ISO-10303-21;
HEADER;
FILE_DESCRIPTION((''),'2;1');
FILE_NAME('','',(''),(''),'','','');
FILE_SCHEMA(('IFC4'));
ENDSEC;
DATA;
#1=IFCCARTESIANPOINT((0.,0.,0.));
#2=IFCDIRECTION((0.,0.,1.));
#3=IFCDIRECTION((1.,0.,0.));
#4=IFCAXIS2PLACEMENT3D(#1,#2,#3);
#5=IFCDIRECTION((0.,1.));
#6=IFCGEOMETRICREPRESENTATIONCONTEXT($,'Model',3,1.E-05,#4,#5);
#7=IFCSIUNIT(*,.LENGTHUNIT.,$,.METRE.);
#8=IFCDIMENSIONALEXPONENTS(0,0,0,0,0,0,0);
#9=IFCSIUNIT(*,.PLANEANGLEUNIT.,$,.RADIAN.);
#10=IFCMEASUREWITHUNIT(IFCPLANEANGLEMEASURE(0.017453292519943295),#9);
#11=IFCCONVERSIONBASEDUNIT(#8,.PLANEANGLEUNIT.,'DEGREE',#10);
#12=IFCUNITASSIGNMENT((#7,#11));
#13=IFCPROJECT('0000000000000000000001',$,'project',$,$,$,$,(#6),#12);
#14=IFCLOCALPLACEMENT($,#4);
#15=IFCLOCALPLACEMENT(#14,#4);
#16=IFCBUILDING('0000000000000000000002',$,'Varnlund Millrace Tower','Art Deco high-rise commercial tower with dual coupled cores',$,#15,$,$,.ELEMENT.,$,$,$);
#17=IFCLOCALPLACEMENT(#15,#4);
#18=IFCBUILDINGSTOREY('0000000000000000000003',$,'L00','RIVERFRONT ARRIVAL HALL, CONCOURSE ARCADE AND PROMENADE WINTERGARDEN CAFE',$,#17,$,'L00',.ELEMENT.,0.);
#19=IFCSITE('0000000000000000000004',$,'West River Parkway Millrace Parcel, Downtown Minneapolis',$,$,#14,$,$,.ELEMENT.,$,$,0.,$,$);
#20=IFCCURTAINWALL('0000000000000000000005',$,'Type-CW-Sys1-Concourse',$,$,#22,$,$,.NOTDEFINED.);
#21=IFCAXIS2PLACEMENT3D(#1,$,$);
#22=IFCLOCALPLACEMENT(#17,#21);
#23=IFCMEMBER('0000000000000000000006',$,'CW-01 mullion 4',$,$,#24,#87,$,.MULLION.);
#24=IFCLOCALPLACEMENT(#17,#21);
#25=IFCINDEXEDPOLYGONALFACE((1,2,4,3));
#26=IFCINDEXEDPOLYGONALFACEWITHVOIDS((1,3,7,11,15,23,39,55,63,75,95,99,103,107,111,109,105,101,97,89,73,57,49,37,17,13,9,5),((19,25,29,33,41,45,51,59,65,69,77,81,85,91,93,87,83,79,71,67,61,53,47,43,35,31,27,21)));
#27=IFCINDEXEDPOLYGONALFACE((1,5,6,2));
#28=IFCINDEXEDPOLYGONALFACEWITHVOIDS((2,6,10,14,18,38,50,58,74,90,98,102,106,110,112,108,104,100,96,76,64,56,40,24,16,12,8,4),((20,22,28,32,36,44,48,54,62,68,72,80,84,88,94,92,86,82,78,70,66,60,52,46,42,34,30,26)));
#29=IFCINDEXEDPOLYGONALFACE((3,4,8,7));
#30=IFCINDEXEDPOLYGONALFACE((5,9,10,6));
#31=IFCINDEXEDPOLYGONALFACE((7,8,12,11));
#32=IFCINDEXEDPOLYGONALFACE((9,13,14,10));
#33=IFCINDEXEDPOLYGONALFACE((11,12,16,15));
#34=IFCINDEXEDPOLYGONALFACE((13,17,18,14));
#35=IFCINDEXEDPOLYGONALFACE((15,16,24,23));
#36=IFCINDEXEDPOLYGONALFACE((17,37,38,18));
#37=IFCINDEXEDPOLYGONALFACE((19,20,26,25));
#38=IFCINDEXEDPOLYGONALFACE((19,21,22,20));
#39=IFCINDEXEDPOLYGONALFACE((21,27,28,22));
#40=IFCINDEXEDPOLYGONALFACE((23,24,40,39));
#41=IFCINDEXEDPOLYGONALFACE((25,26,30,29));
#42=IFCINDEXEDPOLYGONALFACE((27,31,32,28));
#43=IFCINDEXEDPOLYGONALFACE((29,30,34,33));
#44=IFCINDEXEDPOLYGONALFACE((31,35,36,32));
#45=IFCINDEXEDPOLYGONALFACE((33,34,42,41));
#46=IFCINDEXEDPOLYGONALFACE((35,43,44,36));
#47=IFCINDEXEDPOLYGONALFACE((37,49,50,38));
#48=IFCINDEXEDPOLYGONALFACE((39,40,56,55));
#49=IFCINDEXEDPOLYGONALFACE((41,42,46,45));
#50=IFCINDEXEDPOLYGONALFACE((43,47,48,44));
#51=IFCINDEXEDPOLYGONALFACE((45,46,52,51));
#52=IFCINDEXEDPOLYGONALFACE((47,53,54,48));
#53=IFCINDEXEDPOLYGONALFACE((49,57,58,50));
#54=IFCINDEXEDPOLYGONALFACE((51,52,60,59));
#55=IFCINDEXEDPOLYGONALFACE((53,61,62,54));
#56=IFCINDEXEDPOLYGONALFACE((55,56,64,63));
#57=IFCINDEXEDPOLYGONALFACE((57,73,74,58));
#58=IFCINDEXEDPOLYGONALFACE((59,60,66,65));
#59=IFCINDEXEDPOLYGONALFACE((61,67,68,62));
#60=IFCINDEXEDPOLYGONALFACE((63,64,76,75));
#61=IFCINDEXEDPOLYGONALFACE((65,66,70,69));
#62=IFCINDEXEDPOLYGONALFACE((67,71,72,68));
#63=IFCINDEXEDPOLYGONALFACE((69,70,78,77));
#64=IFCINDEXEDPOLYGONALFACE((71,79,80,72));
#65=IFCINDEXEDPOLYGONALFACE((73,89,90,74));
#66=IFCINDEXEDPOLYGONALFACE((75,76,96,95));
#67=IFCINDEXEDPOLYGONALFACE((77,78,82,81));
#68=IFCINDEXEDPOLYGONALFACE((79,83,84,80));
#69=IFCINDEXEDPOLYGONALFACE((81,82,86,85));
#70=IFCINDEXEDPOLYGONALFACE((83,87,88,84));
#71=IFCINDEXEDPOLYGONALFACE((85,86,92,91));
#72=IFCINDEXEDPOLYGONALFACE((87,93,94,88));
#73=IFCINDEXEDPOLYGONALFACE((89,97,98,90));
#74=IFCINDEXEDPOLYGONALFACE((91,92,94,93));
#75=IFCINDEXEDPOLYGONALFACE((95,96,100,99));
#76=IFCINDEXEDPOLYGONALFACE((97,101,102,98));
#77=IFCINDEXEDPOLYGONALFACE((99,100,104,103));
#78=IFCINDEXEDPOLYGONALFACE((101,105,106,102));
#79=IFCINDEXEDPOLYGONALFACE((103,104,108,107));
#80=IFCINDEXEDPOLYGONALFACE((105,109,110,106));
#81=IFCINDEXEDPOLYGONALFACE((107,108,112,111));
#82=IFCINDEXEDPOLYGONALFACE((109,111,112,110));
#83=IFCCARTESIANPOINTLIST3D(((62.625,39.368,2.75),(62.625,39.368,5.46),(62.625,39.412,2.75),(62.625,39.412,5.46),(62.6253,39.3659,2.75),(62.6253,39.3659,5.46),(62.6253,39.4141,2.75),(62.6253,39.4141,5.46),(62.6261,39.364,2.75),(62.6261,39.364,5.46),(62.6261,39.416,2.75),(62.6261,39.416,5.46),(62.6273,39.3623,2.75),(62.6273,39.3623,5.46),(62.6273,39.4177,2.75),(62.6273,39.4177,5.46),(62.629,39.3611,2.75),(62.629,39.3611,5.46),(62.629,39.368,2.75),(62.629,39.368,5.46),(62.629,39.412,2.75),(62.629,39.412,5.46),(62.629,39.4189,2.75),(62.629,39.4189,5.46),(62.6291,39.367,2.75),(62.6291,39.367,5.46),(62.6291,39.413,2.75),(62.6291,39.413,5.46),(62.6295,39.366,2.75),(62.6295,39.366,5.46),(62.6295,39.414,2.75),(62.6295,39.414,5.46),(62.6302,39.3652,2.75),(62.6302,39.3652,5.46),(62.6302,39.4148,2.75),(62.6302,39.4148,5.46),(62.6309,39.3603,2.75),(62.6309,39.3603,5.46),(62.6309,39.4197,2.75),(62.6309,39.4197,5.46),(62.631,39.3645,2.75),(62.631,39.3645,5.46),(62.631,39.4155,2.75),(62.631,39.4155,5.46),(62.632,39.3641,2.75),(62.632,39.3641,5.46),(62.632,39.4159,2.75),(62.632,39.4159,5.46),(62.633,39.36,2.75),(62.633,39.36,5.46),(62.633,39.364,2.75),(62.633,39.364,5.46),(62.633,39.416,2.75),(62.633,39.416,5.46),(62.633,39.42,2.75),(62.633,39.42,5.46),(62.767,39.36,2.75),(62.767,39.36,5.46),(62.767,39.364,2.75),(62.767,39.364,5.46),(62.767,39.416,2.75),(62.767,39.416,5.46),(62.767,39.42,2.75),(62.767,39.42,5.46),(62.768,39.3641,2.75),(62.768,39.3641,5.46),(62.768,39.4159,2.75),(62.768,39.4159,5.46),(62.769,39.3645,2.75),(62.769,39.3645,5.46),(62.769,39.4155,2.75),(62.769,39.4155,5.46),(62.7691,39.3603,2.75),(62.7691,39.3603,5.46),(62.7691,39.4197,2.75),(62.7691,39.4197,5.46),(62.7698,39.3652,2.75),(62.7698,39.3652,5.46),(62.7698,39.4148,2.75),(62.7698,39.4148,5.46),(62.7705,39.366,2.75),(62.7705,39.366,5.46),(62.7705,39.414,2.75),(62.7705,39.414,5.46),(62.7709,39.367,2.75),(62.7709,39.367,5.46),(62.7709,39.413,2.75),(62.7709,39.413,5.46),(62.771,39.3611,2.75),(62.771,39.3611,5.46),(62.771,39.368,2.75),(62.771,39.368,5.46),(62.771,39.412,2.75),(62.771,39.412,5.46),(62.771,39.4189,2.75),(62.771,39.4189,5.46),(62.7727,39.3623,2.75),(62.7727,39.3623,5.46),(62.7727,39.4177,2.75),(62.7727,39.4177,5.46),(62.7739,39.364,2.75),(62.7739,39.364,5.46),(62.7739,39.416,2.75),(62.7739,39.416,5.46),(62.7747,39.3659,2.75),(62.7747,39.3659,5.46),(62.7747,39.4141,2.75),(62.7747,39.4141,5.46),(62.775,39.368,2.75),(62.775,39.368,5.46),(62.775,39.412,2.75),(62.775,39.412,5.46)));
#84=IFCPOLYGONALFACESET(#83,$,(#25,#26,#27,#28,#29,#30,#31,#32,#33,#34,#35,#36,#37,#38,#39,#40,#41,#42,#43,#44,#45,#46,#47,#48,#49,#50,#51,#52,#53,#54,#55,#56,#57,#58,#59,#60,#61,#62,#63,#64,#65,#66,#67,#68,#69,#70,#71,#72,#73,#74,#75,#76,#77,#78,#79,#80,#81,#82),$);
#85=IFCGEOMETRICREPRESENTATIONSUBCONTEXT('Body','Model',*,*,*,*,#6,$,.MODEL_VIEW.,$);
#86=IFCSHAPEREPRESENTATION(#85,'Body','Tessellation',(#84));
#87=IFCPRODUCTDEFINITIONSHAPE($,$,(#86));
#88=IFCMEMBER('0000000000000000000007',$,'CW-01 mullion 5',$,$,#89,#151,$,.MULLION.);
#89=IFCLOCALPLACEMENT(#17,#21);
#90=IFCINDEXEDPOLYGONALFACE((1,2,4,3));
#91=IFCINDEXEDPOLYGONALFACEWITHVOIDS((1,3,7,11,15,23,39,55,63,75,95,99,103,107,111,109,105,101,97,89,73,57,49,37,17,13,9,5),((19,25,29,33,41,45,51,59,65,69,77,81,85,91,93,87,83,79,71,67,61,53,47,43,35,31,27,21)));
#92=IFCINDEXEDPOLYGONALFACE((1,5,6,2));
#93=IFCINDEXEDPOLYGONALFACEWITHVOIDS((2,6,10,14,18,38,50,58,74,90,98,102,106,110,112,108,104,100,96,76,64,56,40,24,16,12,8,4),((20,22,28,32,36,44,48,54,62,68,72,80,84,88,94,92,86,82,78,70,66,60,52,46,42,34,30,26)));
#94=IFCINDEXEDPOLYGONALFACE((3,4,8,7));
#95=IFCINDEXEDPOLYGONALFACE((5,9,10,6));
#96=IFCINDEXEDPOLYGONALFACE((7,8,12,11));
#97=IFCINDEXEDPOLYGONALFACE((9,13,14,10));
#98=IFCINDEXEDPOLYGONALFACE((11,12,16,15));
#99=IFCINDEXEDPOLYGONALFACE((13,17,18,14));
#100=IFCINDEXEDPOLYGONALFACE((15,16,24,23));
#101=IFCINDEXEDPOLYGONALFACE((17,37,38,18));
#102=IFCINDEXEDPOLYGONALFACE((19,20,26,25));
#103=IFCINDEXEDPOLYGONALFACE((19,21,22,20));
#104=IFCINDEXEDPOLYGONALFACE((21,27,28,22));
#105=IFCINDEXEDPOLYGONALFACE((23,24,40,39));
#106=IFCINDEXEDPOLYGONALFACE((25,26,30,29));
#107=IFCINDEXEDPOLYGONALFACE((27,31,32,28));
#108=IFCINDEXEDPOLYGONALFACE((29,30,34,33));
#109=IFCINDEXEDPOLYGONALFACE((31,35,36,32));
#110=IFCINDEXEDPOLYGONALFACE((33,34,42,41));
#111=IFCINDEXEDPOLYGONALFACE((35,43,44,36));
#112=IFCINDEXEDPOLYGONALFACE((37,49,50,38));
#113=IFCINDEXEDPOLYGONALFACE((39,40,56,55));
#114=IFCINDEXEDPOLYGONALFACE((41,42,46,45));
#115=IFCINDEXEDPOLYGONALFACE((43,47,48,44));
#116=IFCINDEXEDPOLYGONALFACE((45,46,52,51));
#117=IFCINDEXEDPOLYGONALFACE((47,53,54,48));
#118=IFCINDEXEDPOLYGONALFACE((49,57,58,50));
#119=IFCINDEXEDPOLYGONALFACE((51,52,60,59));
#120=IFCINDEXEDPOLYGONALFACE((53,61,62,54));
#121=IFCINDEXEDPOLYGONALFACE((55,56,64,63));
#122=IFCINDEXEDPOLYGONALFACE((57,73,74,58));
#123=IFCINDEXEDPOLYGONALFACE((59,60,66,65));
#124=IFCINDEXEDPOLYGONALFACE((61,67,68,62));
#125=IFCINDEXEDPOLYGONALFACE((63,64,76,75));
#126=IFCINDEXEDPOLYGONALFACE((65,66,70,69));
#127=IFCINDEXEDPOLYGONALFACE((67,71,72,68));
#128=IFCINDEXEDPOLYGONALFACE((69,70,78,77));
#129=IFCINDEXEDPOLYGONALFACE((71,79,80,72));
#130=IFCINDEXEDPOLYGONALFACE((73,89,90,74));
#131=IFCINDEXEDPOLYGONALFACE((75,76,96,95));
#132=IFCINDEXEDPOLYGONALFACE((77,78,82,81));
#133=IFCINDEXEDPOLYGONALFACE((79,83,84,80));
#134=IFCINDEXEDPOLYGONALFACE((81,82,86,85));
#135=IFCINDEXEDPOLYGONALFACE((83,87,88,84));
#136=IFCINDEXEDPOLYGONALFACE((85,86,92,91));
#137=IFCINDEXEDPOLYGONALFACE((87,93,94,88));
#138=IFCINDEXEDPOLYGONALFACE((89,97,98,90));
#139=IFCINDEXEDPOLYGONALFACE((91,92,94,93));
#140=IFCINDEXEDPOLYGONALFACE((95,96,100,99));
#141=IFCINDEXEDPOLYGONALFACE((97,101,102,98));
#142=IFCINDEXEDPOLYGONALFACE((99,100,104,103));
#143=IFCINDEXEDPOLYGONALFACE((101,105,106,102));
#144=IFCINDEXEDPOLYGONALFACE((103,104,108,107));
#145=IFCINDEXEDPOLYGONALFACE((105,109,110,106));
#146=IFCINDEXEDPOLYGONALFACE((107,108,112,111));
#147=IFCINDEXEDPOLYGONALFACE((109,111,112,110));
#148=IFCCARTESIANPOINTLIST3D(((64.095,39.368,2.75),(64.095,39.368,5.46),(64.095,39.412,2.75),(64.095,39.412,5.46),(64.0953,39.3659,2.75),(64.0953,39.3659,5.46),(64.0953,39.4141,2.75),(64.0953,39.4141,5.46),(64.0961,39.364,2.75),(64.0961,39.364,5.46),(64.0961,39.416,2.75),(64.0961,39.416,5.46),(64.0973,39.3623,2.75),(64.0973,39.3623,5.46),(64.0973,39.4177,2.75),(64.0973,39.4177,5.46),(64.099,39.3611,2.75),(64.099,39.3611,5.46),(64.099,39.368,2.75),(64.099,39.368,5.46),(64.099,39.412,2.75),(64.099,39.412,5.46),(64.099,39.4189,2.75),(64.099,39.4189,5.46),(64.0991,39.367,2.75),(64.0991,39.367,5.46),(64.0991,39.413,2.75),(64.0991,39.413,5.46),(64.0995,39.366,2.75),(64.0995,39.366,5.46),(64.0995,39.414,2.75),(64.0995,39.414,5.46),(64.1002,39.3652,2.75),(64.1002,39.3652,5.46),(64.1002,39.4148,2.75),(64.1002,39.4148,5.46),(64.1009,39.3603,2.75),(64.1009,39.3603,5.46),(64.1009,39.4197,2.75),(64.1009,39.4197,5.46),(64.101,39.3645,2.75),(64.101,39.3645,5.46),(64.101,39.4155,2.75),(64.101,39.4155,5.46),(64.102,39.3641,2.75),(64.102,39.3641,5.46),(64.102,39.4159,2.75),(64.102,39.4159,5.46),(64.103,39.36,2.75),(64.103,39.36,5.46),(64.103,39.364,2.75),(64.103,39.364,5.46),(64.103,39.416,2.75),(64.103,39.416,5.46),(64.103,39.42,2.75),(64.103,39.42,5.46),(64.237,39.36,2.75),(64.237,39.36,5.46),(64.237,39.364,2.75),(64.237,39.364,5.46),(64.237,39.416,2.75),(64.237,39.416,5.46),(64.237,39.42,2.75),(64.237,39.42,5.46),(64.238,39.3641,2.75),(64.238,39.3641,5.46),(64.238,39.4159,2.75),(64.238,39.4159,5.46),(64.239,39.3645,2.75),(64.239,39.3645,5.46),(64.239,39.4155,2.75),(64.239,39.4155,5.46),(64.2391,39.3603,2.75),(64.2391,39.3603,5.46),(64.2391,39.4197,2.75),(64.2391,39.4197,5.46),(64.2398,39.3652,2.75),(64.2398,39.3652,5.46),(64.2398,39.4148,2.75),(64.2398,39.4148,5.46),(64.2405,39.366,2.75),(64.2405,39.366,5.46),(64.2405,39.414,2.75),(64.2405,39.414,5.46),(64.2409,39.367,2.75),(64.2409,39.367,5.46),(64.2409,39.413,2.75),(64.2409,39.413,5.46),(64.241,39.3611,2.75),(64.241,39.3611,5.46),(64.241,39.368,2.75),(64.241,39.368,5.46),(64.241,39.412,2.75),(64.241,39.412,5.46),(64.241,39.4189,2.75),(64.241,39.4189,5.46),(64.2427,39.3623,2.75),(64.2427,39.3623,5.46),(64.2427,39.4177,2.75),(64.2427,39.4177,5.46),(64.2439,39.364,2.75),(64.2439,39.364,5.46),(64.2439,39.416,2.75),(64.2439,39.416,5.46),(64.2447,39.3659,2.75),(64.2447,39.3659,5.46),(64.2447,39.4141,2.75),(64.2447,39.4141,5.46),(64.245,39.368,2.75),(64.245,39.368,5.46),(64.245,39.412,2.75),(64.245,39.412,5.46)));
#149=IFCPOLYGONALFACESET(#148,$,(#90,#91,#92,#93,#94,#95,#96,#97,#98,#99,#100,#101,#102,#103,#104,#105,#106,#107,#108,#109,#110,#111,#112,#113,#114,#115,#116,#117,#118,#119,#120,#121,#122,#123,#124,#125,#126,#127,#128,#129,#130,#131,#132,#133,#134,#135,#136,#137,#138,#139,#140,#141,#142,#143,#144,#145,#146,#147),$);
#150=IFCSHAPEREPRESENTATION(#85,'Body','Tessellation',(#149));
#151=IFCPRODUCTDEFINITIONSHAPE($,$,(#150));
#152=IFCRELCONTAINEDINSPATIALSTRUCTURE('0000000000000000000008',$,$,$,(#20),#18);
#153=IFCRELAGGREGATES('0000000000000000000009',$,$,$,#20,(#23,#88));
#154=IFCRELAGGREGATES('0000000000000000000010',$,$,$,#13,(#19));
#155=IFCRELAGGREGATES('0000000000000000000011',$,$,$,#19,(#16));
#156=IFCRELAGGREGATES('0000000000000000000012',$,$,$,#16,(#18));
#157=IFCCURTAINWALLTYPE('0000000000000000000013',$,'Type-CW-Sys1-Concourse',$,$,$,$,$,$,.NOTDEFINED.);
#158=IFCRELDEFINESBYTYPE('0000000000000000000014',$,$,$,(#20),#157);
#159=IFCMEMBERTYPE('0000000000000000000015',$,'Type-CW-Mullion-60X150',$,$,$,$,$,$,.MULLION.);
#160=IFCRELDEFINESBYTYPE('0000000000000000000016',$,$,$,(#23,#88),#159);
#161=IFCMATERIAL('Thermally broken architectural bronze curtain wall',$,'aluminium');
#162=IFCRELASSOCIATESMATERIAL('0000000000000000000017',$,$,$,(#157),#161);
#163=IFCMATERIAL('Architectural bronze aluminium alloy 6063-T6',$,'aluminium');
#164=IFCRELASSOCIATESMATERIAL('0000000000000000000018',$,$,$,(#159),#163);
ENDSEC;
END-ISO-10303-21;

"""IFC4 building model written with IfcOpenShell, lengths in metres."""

from ifc_helpers import new_model, entity, si_unit, converted_unit, direction, frame, origin_with_axes, origin_2d_with_axis, place, context, subcontext, project, spatial, hollow_rectangle, extrude, material, material_profile, profile_set, type_object, element, aggregate, save


model = new_model("IFC4")

# Units and contexts
model_context = context("Model", 3, precision=1e-05, world=origin_with_axes(), true_north=direction((0.0, 1.0)))
body_context = subcontext(model_context, "Body", "Model", "MODEL_VIEW")
ifc_project = project(units=[si_unit("LENGTHUNIT", "METRE"), converted_unit("PLANEANGLEUNIT", "DEGREE", entity("IfcPlaneAngleMeasure", 0.017453292519943295), si_unit("PLANEANGLEUNIT", "RADIAN"), dimensions=[0, 0, 0, 0, 0, 0, 0])], contexts=[model_context])

# Site, building, storey
site_placement = place(None, origin_with_axes())
site = spatial("IfcSite", under=ifc_project, at=site_placement, Name="West River Parkway Millrace Parcel, Downtown Minneapolis", CompositionType="ELEMENT", RefElevation=0.0)
building_placement = place(site_placement, origin_with_axes())
building = spatial("IfcBuilding", under=site, at=building_placement, Name="Varnlund Millrace Tower", Description="Art Deco high-rise commercial tower with dual coupled cores", CompositionType="ELEMENT")
storey_placement = place(building_placement, origin_with_axes())
storey = spatial("IfcBuildingStorey", under=building, at=storey_placement, Name="L00", Description="RIVERFRONT ARRIVAL HALL, CONCOURSE ARCADE AND PROMENADE WINTERGARDEN CAFE", LongName="L00", CompositionType="ELEMENT", Elevation=0.0)

# Curtain wall, members
ifc_material_1 = material(Name="Thermally broken architectural bronze curtain wall", Category="aluminium")
curtain_wall_type = type_object("IfcCurtainWallType", Name="Type-CW-Sys1-Concourse", PredefinedType="NOTDEFINED", material=ifc_material_1)
curtain_wall_1_placement = place(storey_placement, frame((58.2, 39.39, 2.75), z_axis=(0.0, 0.0, 1.0), x_axis=(1.0, 0.0, 0.0)))
curtain_wall_1 = element("IfcCurtainWall", 1, at=curtain_wall_1_placement, inside=storey, type_object=curtain_wall_type, Name="Type-CW-Sys1-Concourse", PredefinedType="NOTDEFINED")
ifc_material_2 = material(Name="Architectural bronze aluminium alloy 6063-T6", Category="aluminium")
ifc_material_profile_1 = material_profile(ifc_material_2, hollow_rectangle(XDim=0.06, YDim=0.15, WallThickness=0.004, InnerFilletRadius=0.004, OuterFilletRadius=0.008, at=origin_2d_with_axis()), Name="Architectural bronze aluminium alloy 6063-T6")
ifc_profile_set_1 = profile_set([ifc_material_profile_1], Name="Architectural bronze aluminium alloy 6063-T6")
member_type_1 = type_object("IfcMemberType", Name="Type-CW-Mullion-60X150", PredefinedType="MULLION", material=ifc_profile_set_1)
member_1_placement = place(storey_placement, frame((62.7, 39.39, 2.75), z_axis=(0.0, 0.0, 1.0), x_axis=(0.0, 1.0, 0.0)))
member_1 = element("IfcMember", 2, at=member_1_placement, type_object=member_type_1, Name="CW-01 mullion 4", PredefinedType="MULLION", context=body_context, shape_type="SweptSolid", body=[
    extrude(hollow_rectangle(XDim=0.06, YDim=0.15, WallThickness=0.004, InnerFilletRadius=0.004, OuterFilletRadius=0.008, at=origin_2d_with_axis()), origin_with_axes(), (0.0, 0.0, 1.0), 2.71),
])
member_2_placement = place(storey_placement, frame((64.17, 39.39, 2.75), z_axis=(0.0, 0.0, 1.0), x_axis=(0.0, 1.0, 0.0)))
member_2 = element("IfcMember", 3, at=member_2_placement, type_object=member_type_1, Name="CW-01 mullion 5", PredefinedType="MULLION", context=body_context, shape_type="SweptSolid", body=[
    extrude(hollow_rectangle(XDim=0.06, YDim=0.15, WallThickness=0.004, InnerFilletRadius=0.004, OuterFilletRadius=0.008, at=origin_2d_with_axis()), origin_with_axes(), (0.0, 0.0, 1.0), 2.71),
])

aggregate(curtain_wall_1, [member_1, member_2])

save(model, "model.ifc")
